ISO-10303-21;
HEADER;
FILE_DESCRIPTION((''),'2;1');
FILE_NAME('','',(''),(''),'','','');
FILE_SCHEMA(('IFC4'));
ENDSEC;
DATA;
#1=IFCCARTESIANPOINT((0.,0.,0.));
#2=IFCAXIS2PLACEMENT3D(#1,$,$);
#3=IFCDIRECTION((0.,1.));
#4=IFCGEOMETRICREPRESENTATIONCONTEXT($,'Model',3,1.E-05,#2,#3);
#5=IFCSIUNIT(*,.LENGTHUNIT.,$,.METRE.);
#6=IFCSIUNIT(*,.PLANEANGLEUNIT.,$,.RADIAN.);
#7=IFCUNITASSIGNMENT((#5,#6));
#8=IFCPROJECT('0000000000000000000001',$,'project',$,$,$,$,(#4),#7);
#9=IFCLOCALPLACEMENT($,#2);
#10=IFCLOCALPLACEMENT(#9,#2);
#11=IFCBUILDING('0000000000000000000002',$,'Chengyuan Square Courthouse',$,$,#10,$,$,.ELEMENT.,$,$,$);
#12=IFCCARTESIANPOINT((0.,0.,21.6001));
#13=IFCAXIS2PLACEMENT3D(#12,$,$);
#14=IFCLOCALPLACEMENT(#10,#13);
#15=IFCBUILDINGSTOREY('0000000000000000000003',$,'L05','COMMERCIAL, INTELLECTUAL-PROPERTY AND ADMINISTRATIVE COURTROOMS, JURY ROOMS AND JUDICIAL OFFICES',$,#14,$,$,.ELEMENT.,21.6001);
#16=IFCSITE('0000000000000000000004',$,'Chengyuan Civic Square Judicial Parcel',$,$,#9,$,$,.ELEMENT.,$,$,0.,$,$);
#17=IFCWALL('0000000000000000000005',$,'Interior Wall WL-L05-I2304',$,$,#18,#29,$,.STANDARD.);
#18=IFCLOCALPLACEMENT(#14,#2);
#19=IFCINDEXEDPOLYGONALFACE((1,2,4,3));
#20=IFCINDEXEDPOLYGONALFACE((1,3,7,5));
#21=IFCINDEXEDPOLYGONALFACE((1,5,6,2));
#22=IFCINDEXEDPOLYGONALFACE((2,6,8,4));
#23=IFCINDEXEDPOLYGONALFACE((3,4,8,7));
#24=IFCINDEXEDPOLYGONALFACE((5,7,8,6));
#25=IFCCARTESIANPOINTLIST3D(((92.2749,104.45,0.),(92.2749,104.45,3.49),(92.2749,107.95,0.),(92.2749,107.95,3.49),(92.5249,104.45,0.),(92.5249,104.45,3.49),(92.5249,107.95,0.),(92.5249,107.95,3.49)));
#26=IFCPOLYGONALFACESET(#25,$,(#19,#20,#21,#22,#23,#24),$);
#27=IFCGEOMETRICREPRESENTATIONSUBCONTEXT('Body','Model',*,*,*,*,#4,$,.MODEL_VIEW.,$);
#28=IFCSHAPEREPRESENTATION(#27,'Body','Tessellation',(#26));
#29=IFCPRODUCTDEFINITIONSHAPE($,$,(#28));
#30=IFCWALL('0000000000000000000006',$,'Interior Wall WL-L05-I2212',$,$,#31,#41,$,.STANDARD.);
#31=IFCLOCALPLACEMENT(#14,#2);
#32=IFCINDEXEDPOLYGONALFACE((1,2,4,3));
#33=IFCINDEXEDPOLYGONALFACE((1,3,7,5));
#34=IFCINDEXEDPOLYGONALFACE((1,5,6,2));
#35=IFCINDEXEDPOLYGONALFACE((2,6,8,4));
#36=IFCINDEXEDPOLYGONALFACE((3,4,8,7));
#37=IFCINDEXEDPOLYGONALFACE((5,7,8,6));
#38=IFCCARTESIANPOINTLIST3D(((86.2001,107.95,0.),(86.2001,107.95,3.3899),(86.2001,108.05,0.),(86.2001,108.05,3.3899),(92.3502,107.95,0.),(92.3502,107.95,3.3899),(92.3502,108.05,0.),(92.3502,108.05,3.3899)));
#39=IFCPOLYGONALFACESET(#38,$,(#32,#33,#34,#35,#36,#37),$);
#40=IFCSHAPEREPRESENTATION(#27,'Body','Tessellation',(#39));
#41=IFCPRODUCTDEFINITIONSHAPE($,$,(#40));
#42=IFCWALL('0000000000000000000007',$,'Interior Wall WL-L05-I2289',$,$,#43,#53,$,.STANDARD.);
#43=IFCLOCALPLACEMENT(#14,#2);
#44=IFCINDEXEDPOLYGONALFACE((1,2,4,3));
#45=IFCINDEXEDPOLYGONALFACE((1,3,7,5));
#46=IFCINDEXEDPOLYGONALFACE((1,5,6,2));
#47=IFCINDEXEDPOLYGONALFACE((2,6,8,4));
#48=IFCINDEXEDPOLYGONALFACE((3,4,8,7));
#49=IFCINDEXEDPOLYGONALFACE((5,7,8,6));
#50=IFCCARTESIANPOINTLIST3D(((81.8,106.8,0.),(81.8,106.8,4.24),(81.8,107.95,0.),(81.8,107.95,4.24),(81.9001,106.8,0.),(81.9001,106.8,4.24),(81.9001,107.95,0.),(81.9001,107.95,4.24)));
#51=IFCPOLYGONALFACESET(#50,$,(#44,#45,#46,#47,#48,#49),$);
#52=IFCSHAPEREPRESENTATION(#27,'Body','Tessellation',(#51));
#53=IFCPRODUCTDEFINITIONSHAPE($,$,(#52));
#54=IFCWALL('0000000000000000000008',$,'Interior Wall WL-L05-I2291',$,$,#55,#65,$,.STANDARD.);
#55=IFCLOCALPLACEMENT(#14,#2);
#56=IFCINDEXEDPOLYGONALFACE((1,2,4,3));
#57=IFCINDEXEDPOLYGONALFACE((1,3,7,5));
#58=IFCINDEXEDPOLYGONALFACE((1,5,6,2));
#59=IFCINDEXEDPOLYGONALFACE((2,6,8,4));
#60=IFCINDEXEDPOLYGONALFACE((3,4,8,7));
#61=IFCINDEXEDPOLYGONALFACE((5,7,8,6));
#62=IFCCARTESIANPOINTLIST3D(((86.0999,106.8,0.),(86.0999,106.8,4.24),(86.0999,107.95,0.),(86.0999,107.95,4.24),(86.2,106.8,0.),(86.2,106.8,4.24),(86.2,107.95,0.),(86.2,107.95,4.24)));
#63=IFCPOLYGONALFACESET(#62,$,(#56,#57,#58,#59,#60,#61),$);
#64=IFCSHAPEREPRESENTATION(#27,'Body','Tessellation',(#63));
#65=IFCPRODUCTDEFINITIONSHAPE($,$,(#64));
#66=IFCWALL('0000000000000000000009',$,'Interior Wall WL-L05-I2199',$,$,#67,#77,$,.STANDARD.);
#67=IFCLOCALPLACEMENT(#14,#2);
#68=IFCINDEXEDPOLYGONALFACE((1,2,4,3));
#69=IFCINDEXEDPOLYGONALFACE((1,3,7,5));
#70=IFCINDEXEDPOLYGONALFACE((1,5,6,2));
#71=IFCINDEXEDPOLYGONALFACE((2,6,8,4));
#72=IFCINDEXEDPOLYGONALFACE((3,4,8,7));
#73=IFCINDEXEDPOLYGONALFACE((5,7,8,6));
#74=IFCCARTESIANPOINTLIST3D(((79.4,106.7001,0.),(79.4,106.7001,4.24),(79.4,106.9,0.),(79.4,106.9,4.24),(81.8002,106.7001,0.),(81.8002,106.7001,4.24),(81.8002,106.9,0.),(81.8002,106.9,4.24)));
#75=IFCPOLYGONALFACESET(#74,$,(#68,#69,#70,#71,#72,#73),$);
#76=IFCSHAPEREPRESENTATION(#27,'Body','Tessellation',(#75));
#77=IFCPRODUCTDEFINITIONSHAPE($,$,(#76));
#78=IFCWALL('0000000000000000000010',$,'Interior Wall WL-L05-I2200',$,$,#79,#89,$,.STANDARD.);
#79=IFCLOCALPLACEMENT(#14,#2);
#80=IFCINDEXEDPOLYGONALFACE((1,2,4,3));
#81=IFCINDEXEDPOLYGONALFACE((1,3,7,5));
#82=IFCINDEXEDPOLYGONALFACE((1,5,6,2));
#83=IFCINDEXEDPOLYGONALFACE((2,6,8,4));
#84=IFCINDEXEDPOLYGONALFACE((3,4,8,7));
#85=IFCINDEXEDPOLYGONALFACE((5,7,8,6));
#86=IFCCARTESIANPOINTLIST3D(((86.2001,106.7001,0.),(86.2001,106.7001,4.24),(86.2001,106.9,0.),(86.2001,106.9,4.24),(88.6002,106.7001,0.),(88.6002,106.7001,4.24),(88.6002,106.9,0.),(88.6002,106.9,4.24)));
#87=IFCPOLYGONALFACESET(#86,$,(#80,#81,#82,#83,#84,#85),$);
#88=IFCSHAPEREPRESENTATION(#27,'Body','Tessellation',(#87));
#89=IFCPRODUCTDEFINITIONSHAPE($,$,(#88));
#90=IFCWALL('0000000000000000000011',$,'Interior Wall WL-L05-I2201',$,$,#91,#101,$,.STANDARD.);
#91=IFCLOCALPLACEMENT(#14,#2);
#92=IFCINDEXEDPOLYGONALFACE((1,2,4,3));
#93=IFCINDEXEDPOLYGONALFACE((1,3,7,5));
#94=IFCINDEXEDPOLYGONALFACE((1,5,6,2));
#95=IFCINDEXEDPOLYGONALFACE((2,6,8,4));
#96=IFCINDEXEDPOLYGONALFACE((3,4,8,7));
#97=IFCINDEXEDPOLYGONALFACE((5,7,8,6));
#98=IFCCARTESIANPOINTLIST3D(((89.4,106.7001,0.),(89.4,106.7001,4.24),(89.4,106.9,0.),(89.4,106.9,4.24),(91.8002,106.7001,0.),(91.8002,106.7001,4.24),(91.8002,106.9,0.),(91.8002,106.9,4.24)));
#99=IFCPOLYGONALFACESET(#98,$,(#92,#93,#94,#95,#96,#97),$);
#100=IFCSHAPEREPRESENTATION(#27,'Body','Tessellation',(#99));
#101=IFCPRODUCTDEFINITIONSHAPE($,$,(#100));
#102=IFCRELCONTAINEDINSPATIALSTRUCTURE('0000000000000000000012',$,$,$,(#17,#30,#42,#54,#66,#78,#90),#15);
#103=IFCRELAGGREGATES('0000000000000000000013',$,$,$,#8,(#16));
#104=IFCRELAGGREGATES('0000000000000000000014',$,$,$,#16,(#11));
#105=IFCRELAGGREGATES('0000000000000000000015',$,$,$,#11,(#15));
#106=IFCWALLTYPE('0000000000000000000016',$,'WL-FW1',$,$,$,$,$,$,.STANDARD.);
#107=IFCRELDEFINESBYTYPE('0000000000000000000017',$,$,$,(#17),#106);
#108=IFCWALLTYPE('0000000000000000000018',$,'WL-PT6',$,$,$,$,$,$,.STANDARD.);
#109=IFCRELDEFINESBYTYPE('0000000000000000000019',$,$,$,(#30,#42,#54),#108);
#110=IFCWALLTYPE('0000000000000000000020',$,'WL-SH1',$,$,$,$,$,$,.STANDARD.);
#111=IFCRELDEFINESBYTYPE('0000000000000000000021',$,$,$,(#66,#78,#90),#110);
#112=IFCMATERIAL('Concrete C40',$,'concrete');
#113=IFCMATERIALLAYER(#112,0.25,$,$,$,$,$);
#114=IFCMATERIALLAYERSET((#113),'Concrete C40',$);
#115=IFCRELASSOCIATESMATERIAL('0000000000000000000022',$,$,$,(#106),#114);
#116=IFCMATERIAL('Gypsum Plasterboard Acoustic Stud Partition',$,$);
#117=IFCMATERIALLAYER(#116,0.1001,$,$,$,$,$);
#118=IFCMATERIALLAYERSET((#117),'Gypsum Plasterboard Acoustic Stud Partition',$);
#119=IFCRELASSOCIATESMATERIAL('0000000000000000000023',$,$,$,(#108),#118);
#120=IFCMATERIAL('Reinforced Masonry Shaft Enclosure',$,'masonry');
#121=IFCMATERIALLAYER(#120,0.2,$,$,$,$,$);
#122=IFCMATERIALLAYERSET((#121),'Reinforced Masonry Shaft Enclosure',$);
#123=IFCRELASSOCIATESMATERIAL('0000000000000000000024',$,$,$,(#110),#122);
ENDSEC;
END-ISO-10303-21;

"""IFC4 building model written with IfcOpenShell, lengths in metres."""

from ifc_helpers import new_model, si_unit, direction, frame, frame_2d, origin, place, context, subcontext, project, spatial, rectangle, extrude, material, layer, layer_set, type_object, element, save


model = new_model("IFC4")

# Units and contexts
model_context = context("Model", 3, precision=1e-05, world=origin(), true_north=direction((0.0, 1.0)))
body_context = subcontext(model_context, "Body", "Model", "MODEL_VIEW")
ifc_project = project(units=[si_unit("LENGTHUNIT", "METRE"), si_unit("PLANEANGLEUNIT", "RADIAN")], contexts=[model_context])

# Site, building, storey
site_placement = place(None, origin())
site = spatial("IfcSite", under=ifc_project, at=site_placement, Name="Chengyuan Civic Square Judicial Parcel", CompositionType="ELEMENT", RefElevation=0.0)
building_placement = place(site_placement, origin())
building = spatial("IfcBuilding", under=site, at=building_placement, Name="Chengyuan Square Courthouse", CompositionType="ELEMENT")
storey_placement = place(building_placement, frame((0.0, 0.0, 21.6001)))
storey = spatial("IfcBuildingStorey", under=building, at=storey_placement, Name="L05", Description="COMMERCIAL, INTELLECTUAL-PROPERTY AND ADMINISTRATIVE COURTROOMS, JURY ROOMS AND JUDICIAL OFFICES", CompositionType="ELEMENT", Elevation=21.6001)

# Shared definitions
ifc_material_1 = material(Name="Concrete C40", Category="concrete")

# Wall
ifc_layer_1 = layer(ifc_material_1, 0.25)
ifc_layer_set_1 = layer_set([ifc_layer_1], Name="Concrete C40")
wall_type_1 = type_object("IfcWallType", Name="WL-FW1", PredefinedType="STANDARD", material=ifc_layer_set_1)
wall_1_placement = place(storey_placement, frame((92.3999, 104.45, 0.0), z_axis=(0.0, 0.0, 1.0), x_axis=(0.0, 1.0, 0.0)))
element("IfcWall", 1, at=wall_1_placement, inside=storey, type_object=wall_type_1, Name="Interior Wall WL-L05-I2304", PredefinedType="STANDARD", context=body_context, shape_type="SweptSolid", body=[
    extrude(rectangle(XDim=3.5, YDim=0.25, at=frame_2d((1.75, 0.0))), origin(), (0.0, 0.0, 1.0), 3.49),
])

# Shared definitions
ifc_material_2 = material(Name="Gypsum Plasterboard Acoustic Stud Partition")
ifc_layer_2 = layer(ifc_material_2, 0.1001)
ifc_layer_set_2 = layer_set([ifc_layer_2], Name="Gypsum Plasterboard Acoustic Stud Partition")
wall_type_2 = type_object("IfcWallType", Name="WL-PT6", PredefinedType="STANDARD", material=ifc_layer_set_2)

# Walls
wall_2_placement = place(storey_placement, frame((86.2, 108.0, 0.0), z_axis=(0.0, 0.0, 1.0), x_axis=(1.0, 0.0, 0.0)))
element("IfcWall", 2, at=wall_2_placement, inside=storey, type_object=wall_type_2, Name="Interior Wall WL-L05-I2212", PredefinedType="STANDARD", context=body_context, shape_type="SweptSolid", body=[
    extrude(rectangle(XDim=6.1501, YDim=0.1001, at=frame_2d((3.0752, 0.0))), origin(), (0.0, 0.0, 1.0), 3.3899),
])
for number, where, z_axis, x_axis, name in (
    (3, (81.8501, 106.8, 0.0), (0.0, 0.0, 1.0), (0.0, 1.0, 0.0), "Interior Wall WL-L05-I2289"),
    (4, (86.1499, 106.8, 0.0), (0.0, 0.0, 1.0), (0.0, 1.0, 0.0), "Interior Wall WL-L05-I2291"),
):
    element("IfcWall", number, at=place(storey_placement, frame(where, z_axis=z_axis, x_axis=x_axis)), inside=storey, type_object=wall_type_2, Name=name, PredefinedType="STANDARD", context=body_context, shape_type="SweptSolid", body=[
        extrude(rectangle(XDim=1.1499, YDim=0.1001, at=frame_2d((0.575, 0.0))), origin(), (0.0, 0.0, 1.0), 4.24),
    ])
ifc_material_3 = material(Name="Reinforced Masonry Shaft Enclosure", Category="masonry")
ifc_layer_3 = layer(ifc_material_3, 0.2)
ifc_layer_set_3 = layer_set([ifc_layer_3], Name="Reinforced Masonry Shaft Enclosure")
wall_type_3 = type_object("IfcWallType", Name="WL-SH1", PredefinedType="STANDARD", material=ifc_layer_set_3)
for number, where, z_axis, x_axis, name in (
    (5, (79.3999, 106.8, 0.0), (0.0, 0.0, 1.0), (1.0, 0.0, 0.0), "Interior Wall WL-L05-I2199"),
    (6, (86.2, 106.8, 0.0), (0.0, 0.0, 1.0), (1.0, 0.0, 0.0), "Interior Wall WL-L05-I2200"),
    (7, (89.3999, 106.8, 0.0), (0.0, 0.0, 1.0), (1.0, 0.0, 0.0), "Interior Wall WL-L05-I2201"),
):
    element("IfcWall", number, at=place(storey_placement, frame(where, z_axis=z_axis, x_axis=x_axis)), inside=storey, type_object=wall_type_3, Name=name, PredefinedType="STANDARD", context=body_context, shape_type="SweptSolid", body=[
        extrude(rectangle(XDim=2.4001, YDim=0.2, at=frame_2d((1.2002, 0.0))), origin(), (0.0, 0.0, 1.0), 4.24),
    ])

save(model, "model.ifc")
